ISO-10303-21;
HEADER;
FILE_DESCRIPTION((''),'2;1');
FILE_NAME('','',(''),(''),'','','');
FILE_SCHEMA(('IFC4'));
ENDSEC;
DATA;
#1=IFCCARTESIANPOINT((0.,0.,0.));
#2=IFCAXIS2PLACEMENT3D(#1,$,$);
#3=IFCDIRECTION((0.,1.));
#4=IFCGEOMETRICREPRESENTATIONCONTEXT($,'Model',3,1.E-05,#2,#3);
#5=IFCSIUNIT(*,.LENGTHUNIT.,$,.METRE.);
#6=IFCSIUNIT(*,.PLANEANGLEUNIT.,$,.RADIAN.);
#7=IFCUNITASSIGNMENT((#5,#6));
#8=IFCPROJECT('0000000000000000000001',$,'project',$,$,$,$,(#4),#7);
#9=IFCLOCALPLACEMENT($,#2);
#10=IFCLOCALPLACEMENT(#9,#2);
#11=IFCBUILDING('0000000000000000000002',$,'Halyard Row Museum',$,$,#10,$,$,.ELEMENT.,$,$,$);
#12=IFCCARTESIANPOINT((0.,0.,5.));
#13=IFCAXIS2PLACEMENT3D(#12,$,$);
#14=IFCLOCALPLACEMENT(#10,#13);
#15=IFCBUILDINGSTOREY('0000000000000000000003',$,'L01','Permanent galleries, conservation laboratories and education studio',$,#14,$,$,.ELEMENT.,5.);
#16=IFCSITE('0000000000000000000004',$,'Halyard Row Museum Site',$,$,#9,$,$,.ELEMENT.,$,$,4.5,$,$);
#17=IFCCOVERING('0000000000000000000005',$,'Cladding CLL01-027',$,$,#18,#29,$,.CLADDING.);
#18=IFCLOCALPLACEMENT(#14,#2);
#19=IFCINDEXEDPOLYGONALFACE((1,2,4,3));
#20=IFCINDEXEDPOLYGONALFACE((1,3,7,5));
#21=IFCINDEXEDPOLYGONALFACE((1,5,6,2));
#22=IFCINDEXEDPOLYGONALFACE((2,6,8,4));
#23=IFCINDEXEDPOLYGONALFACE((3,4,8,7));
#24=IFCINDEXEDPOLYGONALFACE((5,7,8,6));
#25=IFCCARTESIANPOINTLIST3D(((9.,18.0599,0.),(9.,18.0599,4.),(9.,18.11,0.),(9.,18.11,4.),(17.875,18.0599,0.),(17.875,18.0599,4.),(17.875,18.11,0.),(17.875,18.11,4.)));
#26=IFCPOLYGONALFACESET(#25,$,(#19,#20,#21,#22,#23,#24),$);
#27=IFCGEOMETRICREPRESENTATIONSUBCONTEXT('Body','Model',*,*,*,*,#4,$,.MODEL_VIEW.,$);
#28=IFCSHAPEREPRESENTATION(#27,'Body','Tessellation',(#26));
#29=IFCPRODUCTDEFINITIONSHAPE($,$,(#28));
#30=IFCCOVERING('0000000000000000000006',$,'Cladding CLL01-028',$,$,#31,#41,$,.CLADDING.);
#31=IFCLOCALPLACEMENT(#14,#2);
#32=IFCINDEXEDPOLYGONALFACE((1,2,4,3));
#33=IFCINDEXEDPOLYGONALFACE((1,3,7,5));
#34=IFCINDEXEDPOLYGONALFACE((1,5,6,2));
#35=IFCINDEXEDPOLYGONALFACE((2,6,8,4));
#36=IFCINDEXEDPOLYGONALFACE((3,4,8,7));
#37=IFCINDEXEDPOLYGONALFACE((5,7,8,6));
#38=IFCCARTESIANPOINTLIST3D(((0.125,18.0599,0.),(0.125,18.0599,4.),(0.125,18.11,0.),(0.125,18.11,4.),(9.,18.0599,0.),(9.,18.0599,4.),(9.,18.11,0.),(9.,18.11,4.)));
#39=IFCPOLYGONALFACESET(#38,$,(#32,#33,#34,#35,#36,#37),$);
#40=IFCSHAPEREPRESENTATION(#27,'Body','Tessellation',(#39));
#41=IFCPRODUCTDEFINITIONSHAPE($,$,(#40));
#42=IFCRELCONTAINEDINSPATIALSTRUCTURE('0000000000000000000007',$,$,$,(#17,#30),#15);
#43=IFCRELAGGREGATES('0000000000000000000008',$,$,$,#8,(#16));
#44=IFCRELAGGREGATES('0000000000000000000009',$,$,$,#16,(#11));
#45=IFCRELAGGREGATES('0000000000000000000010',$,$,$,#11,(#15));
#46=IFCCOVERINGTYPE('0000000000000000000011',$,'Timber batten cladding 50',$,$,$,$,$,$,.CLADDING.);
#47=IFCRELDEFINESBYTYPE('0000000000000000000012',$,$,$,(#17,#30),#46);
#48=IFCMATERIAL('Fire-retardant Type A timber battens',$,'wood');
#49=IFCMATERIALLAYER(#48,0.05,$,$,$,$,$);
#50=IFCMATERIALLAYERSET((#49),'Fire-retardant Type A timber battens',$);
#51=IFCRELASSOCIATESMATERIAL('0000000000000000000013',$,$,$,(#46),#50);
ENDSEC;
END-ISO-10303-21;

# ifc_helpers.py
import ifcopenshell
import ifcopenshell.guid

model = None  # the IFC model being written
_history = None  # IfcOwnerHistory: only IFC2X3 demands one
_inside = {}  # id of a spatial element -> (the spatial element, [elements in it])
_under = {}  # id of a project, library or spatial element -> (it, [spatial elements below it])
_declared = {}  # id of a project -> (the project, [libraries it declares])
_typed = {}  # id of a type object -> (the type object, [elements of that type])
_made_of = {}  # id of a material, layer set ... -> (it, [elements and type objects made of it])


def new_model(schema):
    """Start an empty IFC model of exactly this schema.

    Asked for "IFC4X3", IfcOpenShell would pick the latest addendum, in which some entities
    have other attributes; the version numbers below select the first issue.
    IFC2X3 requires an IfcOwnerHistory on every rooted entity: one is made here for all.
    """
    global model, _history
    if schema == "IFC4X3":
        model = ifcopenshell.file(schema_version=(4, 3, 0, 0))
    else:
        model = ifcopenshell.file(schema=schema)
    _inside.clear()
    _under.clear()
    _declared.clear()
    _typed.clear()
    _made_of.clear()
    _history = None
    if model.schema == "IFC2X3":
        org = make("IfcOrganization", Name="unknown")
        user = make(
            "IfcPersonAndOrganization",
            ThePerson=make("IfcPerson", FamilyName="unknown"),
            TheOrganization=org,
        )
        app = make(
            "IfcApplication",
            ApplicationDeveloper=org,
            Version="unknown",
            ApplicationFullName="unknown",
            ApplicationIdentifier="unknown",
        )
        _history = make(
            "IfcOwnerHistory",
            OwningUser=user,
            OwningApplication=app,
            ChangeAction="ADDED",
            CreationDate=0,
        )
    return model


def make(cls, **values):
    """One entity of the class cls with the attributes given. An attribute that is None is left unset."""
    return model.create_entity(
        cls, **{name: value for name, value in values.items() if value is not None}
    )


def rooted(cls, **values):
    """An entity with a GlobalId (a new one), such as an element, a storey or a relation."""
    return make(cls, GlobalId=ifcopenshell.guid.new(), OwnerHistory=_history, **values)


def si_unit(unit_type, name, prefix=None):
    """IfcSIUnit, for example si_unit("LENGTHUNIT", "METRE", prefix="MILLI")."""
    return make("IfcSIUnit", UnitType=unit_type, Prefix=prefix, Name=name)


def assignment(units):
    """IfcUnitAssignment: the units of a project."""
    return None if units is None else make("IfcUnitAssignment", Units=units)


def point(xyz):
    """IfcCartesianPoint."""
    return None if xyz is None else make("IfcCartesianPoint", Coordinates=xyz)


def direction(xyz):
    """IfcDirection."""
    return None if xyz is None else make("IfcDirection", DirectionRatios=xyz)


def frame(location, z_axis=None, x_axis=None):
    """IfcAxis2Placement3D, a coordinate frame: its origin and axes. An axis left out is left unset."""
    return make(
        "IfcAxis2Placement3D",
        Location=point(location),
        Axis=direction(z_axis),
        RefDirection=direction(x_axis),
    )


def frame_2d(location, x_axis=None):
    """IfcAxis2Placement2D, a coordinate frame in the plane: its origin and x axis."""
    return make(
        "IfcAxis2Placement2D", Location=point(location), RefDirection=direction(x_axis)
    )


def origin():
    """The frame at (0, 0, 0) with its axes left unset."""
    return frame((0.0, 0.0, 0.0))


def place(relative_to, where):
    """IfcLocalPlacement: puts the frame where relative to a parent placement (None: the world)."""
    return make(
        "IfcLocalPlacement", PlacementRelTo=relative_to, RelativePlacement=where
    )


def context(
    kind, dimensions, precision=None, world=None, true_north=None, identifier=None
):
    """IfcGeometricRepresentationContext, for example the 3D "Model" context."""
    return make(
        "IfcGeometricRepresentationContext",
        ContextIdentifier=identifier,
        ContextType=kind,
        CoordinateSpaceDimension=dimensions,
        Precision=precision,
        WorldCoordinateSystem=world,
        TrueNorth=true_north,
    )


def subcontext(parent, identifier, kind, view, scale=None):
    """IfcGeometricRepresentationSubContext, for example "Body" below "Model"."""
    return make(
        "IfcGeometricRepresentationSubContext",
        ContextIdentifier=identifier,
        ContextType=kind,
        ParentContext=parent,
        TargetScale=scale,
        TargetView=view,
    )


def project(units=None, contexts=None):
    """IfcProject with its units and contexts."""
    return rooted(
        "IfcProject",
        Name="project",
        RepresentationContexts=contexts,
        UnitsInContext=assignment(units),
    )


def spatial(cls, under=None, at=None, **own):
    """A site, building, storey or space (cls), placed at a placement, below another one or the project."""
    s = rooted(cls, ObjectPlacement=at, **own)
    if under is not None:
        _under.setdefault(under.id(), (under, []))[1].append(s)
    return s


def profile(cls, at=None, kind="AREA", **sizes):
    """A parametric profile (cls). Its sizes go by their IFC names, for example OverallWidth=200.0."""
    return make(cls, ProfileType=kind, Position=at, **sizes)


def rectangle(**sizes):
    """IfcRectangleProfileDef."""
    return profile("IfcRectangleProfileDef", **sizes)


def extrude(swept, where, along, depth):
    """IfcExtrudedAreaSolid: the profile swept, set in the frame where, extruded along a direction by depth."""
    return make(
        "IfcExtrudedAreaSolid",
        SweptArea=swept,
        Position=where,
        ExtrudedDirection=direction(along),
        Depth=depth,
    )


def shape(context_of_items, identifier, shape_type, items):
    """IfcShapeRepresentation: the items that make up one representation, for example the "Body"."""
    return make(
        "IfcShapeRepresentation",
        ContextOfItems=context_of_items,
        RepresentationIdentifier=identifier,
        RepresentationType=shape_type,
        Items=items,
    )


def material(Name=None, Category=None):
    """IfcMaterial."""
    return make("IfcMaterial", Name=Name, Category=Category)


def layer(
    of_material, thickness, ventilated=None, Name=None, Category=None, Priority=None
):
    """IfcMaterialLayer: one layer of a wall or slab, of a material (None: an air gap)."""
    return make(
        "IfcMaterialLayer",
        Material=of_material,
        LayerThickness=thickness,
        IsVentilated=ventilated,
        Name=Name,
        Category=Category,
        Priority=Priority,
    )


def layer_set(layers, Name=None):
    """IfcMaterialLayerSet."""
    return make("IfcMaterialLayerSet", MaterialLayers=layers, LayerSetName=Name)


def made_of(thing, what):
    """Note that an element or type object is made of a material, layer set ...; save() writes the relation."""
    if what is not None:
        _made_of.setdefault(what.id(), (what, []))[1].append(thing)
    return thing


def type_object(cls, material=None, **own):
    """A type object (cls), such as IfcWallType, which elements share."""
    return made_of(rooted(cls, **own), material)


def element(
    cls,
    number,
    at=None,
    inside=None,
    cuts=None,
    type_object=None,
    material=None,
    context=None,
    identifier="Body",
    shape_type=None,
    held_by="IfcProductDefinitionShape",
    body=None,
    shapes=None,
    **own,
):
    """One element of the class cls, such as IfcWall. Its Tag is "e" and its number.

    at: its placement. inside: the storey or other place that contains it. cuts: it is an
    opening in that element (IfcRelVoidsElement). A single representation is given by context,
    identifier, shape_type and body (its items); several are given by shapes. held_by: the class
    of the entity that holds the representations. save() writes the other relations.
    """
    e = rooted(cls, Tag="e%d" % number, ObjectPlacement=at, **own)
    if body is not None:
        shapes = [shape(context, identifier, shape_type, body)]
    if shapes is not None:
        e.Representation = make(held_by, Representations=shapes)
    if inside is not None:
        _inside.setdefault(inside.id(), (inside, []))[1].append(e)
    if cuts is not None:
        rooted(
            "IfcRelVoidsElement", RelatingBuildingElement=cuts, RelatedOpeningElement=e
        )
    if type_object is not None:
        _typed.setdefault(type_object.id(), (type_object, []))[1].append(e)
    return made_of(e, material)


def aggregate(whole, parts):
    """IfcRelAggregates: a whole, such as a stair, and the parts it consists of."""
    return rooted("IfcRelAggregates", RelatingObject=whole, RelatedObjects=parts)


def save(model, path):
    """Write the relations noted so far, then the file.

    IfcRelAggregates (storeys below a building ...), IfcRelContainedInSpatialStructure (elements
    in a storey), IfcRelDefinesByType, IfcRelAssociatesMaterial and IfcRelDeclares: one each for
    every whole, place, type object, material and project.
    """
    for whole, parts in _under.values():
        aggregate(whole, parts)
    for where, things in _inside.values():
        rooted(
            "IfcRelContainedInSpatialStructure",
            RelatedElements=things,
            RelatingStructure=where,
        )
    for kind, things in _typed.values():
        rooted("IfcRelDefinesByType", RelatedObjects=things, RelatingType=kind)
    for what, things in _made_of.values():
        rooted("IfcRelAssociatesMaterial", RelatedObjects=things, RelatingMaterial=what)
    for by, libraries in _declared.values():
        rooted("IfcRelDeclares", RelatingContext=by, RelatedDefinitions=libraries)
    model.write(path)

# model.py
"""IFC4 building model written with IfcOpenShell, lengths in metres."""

from ifc_helpers import new_model, si_unit, direction, frame, frame_2d, origin, place, context, subcontext, project, spatial, rectangle, extrude, material, layer, layer_set, type_object, element, save


model = new_model("IFC4")

# Units and contexts
model_context = context("Model", 3, precision=1e-05, world=origin(), true_north=direction((0.0, 1.0)))
body_context = subcontext(model_context, "Body", "Model", "MODEL_VIEW")
ifc_project = project(units=[si_unit("LENGTHUNIT", "METRE"), si_unit("PLANEANGLEUNIT", "RADIAN")], contexts=[model_context])

# Site, building, storey
site_placement = place(None, origin())
site = spatial("IfcSite", under=ifc_project, at=site_placement, Name="Halyard Row Museum Site", CompositionType="ELEMENT", RefElevation=4.5)
building_placement = place(site_placement, origin())
building = spatial("IfcBuilding", under=site, at=building_placement, Name="Halyard Row Museum", CompositionType="ELEMENT")
storey_placement = place(building_placement, frame((0.0, 0.0, 5.0)))
storey = spatial("IfcBuildingStorey", under=building, at=storey_placement, Name="L01", Description="Permanent galleries, conservation laboratories and education studio", CompositionType="ELEMENT", Elevation=5.0)

# Coverings
ifc_material_1 = material(Name="Fire-retardant Type A timber battens", Category="wood")
ifc_layer_1 = layer(ifc_material_1, 0.05)
ifc_layer_set_1 = layer_set([ifc_layer_1], Name="Fire-retardant Type A timber battens")
covering_type = type_object("IfcCoveringType", Name="Timber batten cladding 50", PredefinedType="CLADDING", material=ifc_layer_set_1)
for number, where, z_axis, x_axis, name in (
    (1, (17.875, 18.085, 0.0), (0.0, 0.0, 1.0), (-1.0, 0.0, 0.0), "Cladding CLL01-027"),
    (2, (9.0, 18.085, 0.0), (0.0, 0.0, 1.0), (-1.0, 0.0, 0.0), "Cladding CLL01-028"),
):
    element("IfcCovering", number, at=place(storey_placement, frame(where, z_axis=z_axis, x_axis=x_axis)), inside=storey, type_object=covering_type, Name=name, PredefinedType="CLADDING", context=body_context, shape_type="SweptSolid", body=[
        extrude(rectangle(XDim=8.875, YDim=0.05, at=frame_2d((4.4375, 0.0))), origin(), (0.0, 0.0, 1.0), 4.0),
    ])

save(model, "model.ifc")
